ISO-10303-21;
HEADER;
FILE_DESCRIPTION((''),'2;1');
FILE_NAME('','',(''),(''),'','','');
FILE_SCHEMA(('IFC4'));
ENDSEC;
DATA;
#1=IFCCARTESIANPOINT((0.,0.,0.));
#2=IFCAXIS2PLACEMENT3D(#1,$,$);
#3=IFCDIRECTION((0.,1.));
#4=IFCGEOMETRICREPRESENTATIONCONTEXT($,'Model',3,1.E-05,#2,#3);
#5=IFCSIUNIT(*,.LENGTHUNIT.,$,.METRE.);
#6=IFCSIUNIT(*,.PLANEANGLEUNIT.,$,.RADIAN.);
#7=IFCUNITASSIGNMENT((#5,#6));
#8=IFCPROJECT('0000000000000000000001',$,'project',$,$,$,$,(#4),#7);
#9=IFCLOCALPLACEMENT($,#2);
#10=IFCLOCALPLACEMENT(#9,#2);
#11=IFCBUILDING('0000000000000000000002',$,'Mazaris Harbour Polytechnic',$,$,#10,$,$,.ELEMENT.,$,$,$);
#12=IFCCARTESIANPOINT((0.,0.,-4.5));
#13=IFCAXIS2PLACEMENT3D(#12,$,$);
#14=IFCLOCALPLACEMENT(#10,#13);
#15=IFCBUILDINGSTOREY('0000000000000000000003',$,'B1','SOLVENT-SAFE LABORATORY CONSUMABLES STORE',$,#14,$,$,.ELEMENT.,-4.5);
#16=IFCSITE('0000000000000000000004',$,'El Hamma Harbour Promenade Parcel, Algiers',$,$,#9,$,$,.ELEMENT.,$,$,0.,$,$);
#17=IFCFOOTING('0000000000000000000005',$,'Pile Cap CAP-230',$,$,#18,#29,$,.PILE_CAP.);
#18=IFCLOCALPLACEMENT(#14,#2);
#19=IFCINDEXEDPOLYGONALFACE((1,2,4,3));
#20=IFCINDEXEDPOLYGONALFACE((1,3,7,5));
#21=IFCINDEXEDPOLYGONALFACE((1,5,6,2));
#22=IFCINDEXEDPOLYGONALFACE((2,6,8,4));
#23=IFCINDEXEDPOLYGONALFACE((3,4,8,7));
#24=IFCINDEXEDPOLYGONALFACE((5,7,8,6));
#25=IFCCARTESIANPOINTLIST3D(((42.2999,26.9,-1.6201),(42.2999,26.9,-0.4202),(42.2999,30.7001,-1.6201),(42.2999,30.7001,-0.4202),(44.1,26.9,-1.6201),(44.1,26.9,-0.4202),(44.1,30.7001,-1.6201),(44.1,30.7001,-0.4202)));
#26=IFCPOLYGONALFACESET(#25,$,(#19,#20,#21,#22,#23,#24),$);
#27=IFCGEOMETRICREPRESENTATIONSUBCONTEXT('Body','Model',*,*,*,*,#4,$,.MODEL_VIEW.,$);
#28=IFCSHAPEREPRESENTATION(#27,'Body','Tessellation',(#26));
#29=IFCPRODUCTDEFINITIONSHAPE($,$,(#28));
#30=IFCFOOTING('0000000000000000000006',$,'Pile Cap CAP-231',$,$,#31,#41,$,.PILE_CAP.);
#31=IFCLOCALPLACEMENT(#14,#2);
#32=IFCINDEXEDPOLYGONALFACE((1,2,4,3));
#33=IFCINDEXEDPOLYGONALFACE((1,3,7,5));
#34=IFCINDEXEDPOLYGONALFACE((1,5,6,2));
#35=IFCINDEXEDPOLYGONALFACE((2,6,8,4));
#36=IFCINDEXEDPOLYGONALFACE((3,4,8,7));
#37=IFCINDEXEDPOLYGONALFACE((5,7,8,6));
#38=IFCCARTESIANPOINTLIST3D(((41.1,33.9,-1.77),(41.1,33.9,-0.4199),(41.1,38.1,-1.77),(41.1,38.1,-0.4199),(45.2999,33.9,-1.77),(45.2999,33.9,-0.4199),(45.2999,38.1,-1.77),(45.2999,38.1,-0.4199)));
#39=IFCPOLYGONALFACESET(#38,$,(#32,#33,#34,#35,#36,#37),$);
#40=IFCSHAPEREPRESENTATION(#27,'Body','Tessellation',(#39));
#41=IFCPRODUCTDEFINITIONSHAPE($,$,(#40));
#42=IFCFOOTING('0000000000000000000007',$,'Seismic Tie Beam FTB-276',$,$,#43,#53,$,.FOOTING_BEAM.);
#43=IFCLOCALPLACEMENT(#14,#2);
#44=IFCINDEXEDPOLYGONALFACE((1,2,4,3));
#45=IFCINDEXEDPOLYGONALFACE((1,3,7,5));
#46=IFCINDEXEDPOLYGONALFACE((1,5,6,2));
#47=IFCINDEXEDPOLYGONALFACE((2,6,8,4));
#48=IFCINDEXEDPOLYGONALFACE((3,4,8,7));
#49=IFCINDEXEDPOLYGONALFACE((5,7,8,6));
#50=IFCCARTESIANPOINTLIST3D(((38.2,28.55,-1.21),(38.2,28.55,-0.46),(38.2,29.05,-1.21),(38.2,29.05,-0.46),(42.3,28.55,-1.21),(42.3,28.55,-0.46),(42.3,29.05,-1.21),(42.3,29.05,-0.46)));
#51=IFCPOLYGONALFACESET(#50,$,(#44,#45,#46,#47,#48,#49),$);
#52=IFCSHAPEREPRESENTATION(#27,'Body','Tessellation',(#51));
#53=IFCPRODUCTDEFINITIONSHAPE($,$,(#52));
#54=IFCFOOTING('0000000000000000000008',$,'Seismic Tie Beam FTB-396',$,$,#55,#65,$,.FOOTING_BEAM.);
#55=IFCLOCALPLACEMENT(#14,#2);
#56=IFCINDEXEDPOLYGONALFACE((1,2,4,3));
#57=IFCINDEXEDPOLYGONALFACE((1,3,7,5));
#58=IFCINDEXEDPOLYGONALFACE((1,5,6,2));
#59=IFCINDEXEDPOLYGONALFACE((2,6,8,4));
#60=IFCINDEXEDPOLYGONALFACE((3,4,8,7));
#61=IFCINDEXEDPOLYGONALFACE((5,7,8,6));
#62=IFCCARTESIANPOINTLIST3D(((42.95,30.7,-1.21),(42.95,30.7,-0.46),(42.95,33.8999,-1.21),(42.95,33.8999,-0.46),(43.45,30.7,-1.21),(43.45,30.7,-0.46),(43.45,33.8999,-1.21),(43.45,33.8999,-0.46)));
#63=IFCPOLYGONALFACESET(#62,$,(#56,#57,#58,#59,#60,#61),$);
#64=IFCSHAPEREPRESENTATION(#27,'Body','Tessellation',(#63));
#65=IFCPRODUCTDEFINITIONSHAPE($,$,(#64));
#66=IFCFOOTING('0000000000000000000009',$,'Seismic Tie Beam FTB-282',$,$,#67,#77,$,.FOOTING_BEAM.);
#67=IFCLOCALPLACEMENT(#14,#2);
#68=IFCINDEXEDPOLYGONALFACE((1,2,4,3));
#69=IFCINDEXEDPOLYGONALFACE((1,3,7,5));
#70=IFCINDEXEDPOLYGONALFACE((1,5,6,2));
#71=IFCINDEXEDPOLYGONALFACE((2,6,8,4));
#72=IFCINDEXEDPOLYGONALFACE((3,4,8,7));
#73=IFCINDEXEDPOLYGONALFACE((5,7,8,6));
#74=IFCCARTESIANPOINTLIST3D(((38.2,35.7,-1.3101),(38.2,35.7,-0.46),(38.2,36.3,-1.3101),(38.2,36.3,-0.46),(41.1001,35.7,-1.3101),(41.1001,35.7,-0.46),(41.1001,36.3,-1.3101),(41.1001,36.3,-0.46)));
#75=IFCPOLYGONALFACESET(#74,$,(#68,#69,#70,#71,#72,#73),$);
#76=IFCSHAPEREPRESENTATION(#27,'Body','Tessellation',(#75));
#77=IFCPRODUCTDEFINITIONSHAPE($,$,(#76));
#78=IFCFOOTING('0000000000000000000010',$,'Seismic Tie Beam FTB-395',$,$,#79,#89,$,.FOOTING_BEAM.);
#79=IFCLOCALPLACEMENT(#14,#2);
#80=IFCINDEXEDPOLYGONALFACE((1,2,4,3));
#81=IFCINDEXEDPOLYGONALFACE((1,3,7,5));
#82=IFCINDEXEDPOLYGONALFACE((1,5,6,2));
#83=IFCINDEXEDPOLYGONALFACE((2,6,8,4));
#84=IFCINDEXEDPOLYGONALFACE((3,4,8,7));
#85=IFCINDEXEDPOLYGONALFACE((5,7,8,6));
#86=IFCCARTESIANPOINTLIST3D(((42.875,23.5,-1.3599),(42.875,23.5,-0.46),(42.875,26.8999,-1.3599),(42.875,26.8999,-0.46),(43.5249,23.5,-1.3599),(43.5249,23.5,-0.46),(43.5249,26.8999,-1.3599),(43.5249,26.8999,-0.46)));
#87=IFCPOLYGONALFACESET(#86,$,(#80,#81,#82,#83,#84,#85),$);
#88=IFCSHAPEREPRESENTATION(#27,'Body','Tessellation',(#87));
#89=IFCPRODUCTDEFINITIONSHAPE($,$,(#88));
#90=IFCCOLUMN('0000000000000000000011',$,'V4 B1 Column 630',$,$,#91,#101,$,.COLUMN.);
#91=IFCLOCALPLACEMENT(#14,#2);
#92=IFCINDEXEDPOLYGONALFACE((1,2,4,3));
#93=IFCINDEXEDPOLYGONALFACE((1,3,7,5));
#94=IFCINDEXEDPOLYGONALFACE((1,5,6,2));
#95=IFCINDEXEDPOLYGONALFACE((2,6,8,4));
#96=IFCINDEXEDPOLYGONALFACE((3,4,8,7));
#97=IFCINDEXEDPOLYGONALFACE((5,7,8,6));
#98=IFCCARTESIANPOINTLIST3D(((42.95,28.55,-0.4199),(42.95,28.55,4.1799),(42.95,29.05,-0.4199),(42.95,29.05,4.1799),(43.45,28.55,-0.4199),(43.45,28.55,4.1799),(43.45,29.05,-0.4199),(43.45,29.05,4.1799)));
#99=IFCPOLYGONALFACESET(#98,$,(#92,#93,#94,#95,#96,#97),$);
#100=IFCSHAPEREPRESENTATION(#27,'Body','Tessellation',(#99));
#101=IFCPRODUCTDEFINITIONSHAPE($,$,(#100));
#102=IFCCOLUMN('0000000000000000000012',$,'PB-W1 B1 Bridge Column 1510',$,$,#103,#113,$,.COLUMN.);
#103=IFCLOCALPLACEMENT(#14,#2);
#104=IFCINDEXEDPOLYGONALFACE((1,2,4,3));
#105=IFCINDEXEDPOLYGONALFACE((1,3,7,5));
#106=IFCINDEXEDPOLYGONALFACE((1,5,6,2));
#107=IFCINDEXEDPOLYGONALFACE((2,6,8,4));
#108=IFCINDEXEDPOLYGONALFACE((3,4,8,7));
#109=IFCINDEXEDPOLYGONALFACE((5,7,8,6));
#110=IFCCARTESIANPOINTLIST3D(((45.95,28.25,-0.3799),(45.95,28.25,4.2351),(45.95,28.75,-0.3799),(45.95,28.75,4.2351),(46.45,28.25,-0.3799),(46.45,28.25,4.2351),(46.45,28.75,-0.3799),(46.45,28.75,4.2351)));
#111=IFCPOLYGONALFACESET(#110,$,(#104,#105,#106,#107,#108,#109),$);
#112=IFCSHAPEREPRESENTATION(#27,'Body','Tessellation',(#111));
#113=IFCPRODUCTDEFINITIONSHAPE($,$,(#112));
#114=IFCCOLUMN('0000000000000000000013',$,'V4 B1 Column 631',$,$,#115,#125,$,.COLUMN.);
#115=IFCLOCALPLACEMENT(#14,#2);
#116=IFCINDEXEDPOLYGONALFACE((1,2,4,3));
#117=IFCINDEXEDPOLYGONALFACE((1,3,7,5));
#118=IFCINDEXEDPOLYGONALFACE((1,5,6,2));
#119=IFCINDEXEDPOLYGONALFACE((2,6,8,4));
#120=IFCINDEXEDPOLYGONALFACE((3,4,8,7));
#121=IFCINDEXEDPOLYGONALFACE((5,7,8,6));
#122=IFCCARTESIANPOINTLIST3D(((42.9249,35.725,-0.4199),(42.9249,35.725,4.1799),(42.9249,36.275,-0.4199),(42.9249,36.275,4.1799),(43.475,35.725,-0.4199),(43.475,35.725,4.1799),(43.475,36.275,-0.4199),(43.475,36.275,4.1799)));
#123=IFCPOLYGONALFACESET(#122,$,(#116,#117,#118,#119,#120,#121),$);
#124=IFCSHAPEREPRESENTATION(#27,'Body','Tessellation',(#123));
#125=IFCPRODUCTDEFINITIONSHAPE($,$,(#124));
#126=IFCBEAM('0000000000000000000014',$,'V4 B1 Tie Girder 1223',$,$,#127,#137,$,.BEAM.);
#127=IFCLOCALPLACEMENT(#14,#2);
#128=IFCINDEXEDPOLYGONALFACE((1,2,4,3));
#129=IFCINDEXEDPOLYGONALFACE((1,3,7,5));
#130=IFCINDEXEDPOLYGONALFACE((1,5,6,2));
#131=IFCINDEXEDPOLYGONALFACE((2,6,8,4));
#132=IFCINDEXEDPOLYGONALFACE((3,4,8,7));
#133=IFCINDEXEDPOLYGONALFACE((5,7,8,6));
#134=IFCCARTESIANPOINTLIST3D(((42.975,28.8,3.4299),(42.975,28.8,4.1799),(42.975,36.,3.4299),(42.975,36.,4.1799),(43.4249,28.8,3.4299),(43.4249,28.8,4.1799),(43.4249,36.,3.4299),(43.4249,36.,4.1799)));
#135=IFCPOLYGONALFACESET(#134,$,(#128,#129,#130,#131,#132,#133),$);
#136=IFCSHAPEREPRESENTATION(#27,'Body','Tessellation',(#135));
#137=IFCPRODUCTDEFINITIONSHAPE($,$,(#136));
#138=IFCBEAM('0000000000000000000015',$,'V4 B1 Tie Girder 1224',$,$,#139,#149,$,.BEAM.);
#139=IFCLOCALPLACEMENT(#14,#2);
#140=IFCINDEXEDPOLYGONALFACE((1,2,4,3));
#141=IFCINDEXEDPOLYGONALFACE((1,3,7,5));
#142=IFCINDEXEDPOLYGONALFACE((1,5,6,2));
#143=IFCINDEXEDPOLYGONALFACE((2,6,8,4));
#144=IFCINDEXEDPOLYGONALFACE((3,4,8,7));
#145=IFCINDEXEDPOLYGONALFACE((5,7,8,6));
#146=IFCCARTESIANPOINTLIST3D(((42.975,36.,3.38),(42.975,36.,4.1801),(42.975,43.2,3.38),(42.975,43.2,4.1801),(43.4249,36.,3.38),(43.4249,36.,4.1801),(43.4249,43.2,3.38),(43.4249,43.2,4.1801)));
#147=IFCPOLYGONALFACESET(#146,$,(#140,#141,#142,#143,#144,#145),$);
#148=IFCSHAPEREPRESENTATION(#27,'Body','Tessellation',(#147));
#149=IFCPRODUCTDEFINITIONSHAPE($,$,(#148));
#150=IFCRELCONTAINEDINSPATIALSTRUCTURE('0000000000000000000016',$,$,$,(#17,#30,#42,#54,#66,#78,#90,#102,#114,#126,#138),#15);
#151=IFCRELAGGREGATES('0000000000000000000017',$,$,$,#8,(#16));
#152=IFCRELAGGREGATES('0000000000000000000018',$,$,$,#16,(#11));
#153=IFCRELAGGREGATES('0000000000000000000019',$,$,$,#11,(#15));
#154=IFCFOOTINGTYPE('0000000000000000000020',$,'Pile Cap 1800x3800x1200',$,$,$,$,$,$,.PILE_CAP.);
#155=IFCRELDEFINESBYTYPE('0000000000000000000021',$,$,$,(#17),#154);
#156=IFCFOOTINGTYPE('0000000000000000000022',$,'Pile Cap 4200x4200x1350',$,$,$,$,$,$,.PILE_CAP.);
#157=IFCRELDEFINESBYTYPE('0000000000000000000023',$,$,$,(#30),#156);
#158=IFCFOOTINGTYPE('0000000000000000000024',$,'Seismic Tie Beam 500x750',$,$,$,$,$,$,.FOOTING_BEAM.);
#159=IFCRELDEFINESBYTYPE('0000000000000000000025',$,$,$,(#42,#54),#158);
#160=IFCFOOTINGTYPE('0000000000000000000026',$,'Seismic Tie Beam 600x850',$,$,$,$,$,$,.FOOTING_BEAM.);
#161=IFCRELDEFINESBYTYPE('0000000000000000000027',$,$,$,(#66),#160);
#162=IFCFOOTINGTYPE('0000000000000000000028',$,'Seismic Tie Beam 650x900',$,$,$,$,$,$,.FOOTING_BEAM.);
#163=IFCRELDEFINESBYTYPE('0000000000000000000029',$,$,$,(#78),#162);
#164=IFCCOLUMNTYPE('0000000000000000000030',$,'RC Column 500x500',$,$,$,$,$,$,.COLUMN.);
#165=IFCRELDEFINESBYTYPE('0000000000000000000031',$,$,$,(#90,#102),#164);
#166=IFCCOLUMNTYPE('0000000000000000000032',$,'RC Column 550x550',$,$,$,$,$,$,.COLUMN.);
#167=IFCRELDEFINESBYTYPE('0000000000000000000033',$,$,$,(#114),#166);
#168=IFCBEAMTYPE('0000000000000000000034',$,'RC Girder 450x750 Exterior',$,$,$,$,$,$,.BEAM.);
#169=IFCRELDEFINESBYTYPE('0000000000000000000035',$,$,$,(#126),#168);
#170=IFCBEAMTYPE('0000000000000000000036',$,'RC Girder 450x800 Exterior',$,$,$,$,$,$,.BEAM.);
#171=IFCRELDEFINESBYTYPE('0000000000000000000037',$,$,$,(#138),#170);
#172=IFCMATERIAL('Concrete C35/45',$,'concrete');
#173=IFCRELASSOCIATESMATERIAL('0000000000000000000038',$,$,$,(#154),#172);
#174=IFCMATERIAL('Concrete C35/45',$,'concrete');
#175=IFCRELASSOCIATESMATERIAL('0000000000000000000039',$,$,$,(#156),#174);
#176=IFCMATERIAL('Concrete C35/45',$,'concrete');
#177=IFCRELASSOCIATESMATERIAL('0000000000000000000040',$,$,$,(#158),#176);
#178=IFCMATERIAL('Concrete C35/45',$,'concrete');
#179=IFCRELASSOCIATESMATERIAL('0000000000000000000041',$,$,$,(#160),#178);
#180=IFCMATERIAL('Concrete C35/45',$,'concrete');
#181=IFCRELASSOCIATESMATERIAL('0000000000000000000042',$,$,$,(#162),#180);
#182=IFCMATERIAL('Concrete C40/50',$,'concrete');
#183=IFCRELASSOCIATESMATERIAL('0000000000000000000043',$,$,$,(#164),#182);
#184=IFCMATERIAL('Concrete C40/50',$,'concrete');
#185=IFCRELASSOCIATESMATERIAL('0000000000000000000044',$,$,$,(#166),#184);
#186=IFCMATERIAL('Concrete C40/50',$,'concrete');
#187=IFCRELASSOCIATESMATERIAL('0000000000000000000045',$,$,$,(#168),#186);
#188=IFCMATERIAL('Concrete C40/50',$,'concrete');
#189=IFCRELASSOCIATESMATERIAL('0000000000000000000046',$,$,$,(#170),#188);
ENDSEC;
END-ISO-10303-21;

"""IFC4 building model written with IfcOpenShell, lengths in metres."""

from ifc_helpers import new_model, si_unit, direction, frame, origin, origin_2d, place, context, subcontext, project, spatial, rectangle, extrude, material, material_profile, profile_set, type_object, element, save


model = new_model("IFC4")

# Units and contexts
model_context = context("Model", 3, precision=1e-05, world=origin(), true_north=direction((0.0, 1.0)))
body_context = subcontext(model_context, "Body", "Model", "MODEL_VIEW")
ifc_project = project(units=[si_unit("LENGTHUNIT", "METRE"), si_unit("PLANEANGLEUNIT", "RADIAN")], contexts=[model_context])

# Site, building, storey
site_placement = place(None, origin())
site = spatial("IfcSite", under=ifc_project, at=site_placement, Name="El Hamma Harbour Promenade Parcel, Algiers", CompositionType="ELEMENT", RefElevation=0.0)
building_placement = place(site_placement, origin())
building = spatial("IfcBuilding", under=site, at=building_placement, Name="Mazaris Harbour Polytechnic", CompositionType="ELEMENT")
storey_placement = place(building_placement, frame((0.0, 0.0, -4.5)))
storey = spatial("IfcBuildingStorey", under=building, at=storey_placement, Name="B1", Description="SOLVENT-SAFE LABORATORY CONSUMABLES STORE", CompositionType="ELEMENT", Elevation=-4.5)

# Footings
ifc_material_1 = material(Name="Concrete C35/45", Category="concrete")
footing_type_1 = type_object("IfcFootingType", Name="Pile Cap 1800x3800x1200", PredefinedType="PILE_CAP", material=ifc_material_1)
footing_1_placement = place(storey_placement, frame((43.2, 28.8, -1.6201), z_axis=(0.0, 0.0, 1.0), x_axis=(1.0, 0.0, 0.0)))
element("IfcFooting", 1, at=footing_1_placement, inside=storey, type_object=footing_type_1, Name="Pile Cap CAP-230", PredefinedType="PILE_CAP", context=body_context, shape_type="SweptSolid", body=[
    extrude(rectangle(XDim=1.8, YDim=3.8, at=origin_2d()), origin(), (0.0, 0.0, 1.0), 1.2),
])
ifc_material_2 = material(Name="Concrete C35/45", Category="concrete")
footing_type_2 = type_object("IfcFootingType", Name="Pile Cap 4200x4200x1350", PredefinedType="PILE_CAP", material=ifc_material_2)
footing_2_placement = place(storey_placement, frame((43.2, 36.0, -1.77), z_axis=(0.0, 0.0, 1.0), x_axis=(1.0, 0.0, 0.0)))
element("IfcFooting", 2, at=footing_2_placement, inside=storey, type_object=footing_type_2, Name="Pile Cap CAP-231", PredefinedType="PILE_CAP", context=body_context, shape_type="SweptSolid", body=[
    extrude(rectangle(XDim=4.2, YDim=4.2, at=origin_2d()), origin(), (0.0, 0.0, 1.0), 1.3501),
])
ifc_material_3 = material(Name="Concrete C35/45", Category="concrete")
ifc_material_profile_1 = material_profile(ifc_material_3, rectangle(XDim=0.5, YDim=0.75, at=origin_2d()), Name="RECT500x750")
ifc_profile_set_1 = profile_set([ifc_material_profile_1], Name="Concrete C35/45")
footing_type_3 = type_object("IfcFootingType", Name="Seismic Tie Beam 500x750", PredefinedType="FOOTING_BEAM", material=ifc_profile_set_1)
footing_3_placement = place(storey_placement, frame((38.2, 28.8, -0.835), z_axis=(1.0, 0.0, 0.0), x_axis=(0.0, 1.0, 0.0)))
element("IfcFooting", 3, at=footing_3_placement, inside=storey, type_object=footing_type_3, Name="Seismic Tie Beam FTB-276", PredefinedType="FOOTING_BEAM", context=body_context, shape_type="SweptSolid", body=[
    extrude(rectangle(XDim=0.5, YDim=0.75, at=origin_2d()), origin(), (0.0, 0.0, 1.0), 4.1001),
])
footing_4_placement = place(storey_placement, frame((43.2, 30.7, -0.835), z_axis=(0.0, 1.0, 0.0), x_axis=(-1.0, 0.0, 0.0)))
element("IfcFooting", 4, at=footing_4_placement, inside=storey, type_object=footing_type_3, Name="Seismic Tie Beam FTB-396", PredefinedType="FOOTING_BEAM", context=body_context, shape_type="SweptSolid", body=[
    extrude(rectangle(XDim=0.5, YDim=0.75, at=origin_2d()), origin(), (0.0, 0.0, 1.0), 3.2),
])
ifc_material_4 = material(Name="Concrete C35/45", Category="concrete")
ifc_material_profile_2 = material_profile(ifc_material_4, rectangle(XDim=0.6001, YDim=0.8501, at=origin_2d()), Name="RECT600x850")
ifc_profile_set_2 = profile_set([ifc_material_profile_2], Name="Concrete C35/45")
footing_type_4 = type_object("IfcFootingType", Name="Seismic Tie Beam 600x850", PredefinedType="FOOTING_BEAM", material=ifc_profile_set_2)
footing_5_placement = place(storey_placement, frame((38.2, 36.0, -0.885), z_axis=(1.0, 0.0, 0.0), x_axis=(0.0, 1.0, 0.0)))
element("IfcFooting", 5, at=footing_5_placement, inside=storey, type_object=footing_type_4, Name="Seismic Tie Beam FTB-282", PredefinedType="FOOTING_BEAM", context=body_context, shape_type="SweptSolid", body=[
    extrude(rectangle(XDim=0.6001, YDim=0.8501, at=origin_2d()), origin(), (0.0, 0.0, 1.0), 2.9001),
])
ifc_material_5 = material(Name="Concrete C35/45", Category="concrete")
ifc_material_profile_3 = material_profile(ifc_material_5, rectangle(XDim=0.6499, YDim=0.8999, at=origin_2d()), Name="RECT650x900")
ifc_profile_set_3 = profile_set([ifc_material_profile_3], Name="Concrete C35/45")
footing_type_5 = type_object("IfcFootingType", Name="Seismic Tie Beam 650x900", PredefinedType="FOOTING_BEAM", material=ifc_profile_set_3)
footing_6_placement = place(storey_placement, frame((43.2, 23.5, -0.9099), z_axis=(0.0, 1.0, 0.0), x_axis=(-1.0, 0.0, 0.0)))
element("IfcFooting", 6, at=footing_6_placement, inside=storey, type_object=footing_type_5, Name="Seismic Tie Beam FTB-395", PredefinedType="FOOTING_BEAM", context=body_context, shape_type="SweptSolid", body=[
    extrude(rectangle(XDim=0.6499, YDim=0.8999, at=origin_2d()), origin(), (0.0, 0.0, 1.0), 3.3999),
])

# Columns
ifc_material_6 = material(Name="Concrete C40/50", Category="concrete")
ifc_material_profile_4 = material_profile(ifc_material_6, rectangle(XDim=0.5, YDim=0.5, at=origin_2d()), Name="RECT500x500")
ifc_profile_set_4 = profile_set([ifc_material_profile_4], Name="Concrete C40/50")
column_type_1 = type_object("IfcColumnType", Name="RC Column 500x500", PredefinedType="COLUMN", material=ifc_profile_set_4)
column_1_placement = place(storey_placement, frame((43.2, 28.8, -0.4199), z_axis=(0.0, 0.0, 1.0), x_axis=(1.0, 0.0, 0.0)))
element("IfcColumn", 7, at=column_1_placement, inside=storey, type_object=column_type_1, Name="V4 B1 Column 630", PredefinedType="COLUMN", context=body_context, shape_type="SweptSolid", body=[
    extrude(rectangle(XDim=0.5, YDim=0.5, at=origin_2d()), origin(), (0.0, 0.0, 1.0), 4.5999),
])
column_2_placement = place(storey_placement, frame((46.2, 28.5, -0.3799), z_axis=(0.0, 0.0, 1.0), x_axis=(1.0, 0.0, 0.0)))
element("IfcColumn", 8, at=column_2_placement, inside=storey, type_object=column_type_1, Name="PB-W1 B1 Bridge Column 1510", PredefinedType="COLUMN", context=body_context, shape_type="SweptSolid", body=[
    extrude(rectangle(XDim=0.5, YDim=0.5, at=origin_2d()), origin(), (0.0, 0.0, 1.0), 4.615),
])
ifc_material_7 = material(Name="Concrete C40/50", Category="concrete")
ifc_material_profile_5 = material_profile(ifc_material_7, rectangle(XDim=0.55, YDim=0.55, at=origin_2d()), Name="RECT550x550")
ifc_profile_set_5 = profile_set([ifc_material_profile_5], Name="Concrete C40/50")
column_type_2 = type_object("IfcColumnType", Name="RC Column 550x550", PredefinedType="COLUMN", material=ifc_profile_set_5)
column_3_placement = place(storey_placement, frame((43.2, 36.0, -0.4199), z_axis=(0.0, 0.0, 1.0), x_axis=(1.0, 0.0, 0.0)))
element("IfcColumn", 9, at=column_3_placement, inside=storey, type_object=column_type_2, Name="V4 B1 Column 631", PredefinedType="COLUMN", context=body_context, shape_type="SweptSolid", body=[
    extrude(rectangle(XDim=0.55, YDim=0.55, at=origin_2d()), origin(), (0.0, 0.0, 1.0), 4.5999),
])

# Beams
ifc_material_8 = material(Name="Concrete C40/50", Category="concrete")
ifc_material_profile_6 = material_profile(ifc_material_8, rectangle(XDim=0.45, YDim=0.75, at=origin_2d()), Name="RECT450x750")
ifc_profile_set_6 = profile_set([ifc_material_profile_6], Name="Concrete C40/50")
beam_type_1 = type_object("IfcBeamType", Name="RC Girder 450x750 Exterior", PredefinedType="BEAM", material=ifc_profile_set_6)
beam_1_placement = place(storey_placement, frame((43.2, 28.8, 3.8049), z_axis=(0.0, 1.0, 0.0), x_axis=(-1.0, 0.0, 0.0)))
element("IfcBeam", 10, at=beam_1_placement, inside=storey, type_object=beam_type_1, Name="V4 B1 Tie Girder 1223", PredefinedType="BEAM", context=body_context, shape_type="SweptSolid", body=[
    extrude(rectangle(XDim=0.45, YDim=0.75, at=origin_2d()), origin(), (0.0, 0.0, 1.0), 7.2),
])
ifc_material_9 = material(Name="Concrete C40/50", Category="concrete")
ifc_material_profile_7 = material_profile(ifc_material_9, rectangle(XDim=0.45, YDim=0.8, at=origin_2d()), Name="RECT450x800")
ifc_profile_set_7 = profile_set([ifc_material_profile_7], Name="Concrete C40/50")
beam_type_2 = type_object("IfcBeamType", Name="RC Girder 450x800 Exterior", PredefinedType="BEAM", material=ifc_profile_set_7)
beam_2_placement = place(storey_placement, frame((43.2, 36.0, 3.78), z_axis=(0.0, 1.0, 0.0), x_axis=(-1.0, 0.0, 0.0)))
element("IfcBeam", 11, at=beam_2_placement, inside=storey, type_object=beam_type_2, Name="V4 B1 Tie Girder 1224", PredefinedType="BEAM", context=body_context, shape_type="SweptSolid", body=[
    extrude(rectangle(XDim=0.45, YDim=0.8, at=origin_2d()), origin(), (0.0, 0.0, 1.0), 7.2),
])

save(model, "model.ifc")
